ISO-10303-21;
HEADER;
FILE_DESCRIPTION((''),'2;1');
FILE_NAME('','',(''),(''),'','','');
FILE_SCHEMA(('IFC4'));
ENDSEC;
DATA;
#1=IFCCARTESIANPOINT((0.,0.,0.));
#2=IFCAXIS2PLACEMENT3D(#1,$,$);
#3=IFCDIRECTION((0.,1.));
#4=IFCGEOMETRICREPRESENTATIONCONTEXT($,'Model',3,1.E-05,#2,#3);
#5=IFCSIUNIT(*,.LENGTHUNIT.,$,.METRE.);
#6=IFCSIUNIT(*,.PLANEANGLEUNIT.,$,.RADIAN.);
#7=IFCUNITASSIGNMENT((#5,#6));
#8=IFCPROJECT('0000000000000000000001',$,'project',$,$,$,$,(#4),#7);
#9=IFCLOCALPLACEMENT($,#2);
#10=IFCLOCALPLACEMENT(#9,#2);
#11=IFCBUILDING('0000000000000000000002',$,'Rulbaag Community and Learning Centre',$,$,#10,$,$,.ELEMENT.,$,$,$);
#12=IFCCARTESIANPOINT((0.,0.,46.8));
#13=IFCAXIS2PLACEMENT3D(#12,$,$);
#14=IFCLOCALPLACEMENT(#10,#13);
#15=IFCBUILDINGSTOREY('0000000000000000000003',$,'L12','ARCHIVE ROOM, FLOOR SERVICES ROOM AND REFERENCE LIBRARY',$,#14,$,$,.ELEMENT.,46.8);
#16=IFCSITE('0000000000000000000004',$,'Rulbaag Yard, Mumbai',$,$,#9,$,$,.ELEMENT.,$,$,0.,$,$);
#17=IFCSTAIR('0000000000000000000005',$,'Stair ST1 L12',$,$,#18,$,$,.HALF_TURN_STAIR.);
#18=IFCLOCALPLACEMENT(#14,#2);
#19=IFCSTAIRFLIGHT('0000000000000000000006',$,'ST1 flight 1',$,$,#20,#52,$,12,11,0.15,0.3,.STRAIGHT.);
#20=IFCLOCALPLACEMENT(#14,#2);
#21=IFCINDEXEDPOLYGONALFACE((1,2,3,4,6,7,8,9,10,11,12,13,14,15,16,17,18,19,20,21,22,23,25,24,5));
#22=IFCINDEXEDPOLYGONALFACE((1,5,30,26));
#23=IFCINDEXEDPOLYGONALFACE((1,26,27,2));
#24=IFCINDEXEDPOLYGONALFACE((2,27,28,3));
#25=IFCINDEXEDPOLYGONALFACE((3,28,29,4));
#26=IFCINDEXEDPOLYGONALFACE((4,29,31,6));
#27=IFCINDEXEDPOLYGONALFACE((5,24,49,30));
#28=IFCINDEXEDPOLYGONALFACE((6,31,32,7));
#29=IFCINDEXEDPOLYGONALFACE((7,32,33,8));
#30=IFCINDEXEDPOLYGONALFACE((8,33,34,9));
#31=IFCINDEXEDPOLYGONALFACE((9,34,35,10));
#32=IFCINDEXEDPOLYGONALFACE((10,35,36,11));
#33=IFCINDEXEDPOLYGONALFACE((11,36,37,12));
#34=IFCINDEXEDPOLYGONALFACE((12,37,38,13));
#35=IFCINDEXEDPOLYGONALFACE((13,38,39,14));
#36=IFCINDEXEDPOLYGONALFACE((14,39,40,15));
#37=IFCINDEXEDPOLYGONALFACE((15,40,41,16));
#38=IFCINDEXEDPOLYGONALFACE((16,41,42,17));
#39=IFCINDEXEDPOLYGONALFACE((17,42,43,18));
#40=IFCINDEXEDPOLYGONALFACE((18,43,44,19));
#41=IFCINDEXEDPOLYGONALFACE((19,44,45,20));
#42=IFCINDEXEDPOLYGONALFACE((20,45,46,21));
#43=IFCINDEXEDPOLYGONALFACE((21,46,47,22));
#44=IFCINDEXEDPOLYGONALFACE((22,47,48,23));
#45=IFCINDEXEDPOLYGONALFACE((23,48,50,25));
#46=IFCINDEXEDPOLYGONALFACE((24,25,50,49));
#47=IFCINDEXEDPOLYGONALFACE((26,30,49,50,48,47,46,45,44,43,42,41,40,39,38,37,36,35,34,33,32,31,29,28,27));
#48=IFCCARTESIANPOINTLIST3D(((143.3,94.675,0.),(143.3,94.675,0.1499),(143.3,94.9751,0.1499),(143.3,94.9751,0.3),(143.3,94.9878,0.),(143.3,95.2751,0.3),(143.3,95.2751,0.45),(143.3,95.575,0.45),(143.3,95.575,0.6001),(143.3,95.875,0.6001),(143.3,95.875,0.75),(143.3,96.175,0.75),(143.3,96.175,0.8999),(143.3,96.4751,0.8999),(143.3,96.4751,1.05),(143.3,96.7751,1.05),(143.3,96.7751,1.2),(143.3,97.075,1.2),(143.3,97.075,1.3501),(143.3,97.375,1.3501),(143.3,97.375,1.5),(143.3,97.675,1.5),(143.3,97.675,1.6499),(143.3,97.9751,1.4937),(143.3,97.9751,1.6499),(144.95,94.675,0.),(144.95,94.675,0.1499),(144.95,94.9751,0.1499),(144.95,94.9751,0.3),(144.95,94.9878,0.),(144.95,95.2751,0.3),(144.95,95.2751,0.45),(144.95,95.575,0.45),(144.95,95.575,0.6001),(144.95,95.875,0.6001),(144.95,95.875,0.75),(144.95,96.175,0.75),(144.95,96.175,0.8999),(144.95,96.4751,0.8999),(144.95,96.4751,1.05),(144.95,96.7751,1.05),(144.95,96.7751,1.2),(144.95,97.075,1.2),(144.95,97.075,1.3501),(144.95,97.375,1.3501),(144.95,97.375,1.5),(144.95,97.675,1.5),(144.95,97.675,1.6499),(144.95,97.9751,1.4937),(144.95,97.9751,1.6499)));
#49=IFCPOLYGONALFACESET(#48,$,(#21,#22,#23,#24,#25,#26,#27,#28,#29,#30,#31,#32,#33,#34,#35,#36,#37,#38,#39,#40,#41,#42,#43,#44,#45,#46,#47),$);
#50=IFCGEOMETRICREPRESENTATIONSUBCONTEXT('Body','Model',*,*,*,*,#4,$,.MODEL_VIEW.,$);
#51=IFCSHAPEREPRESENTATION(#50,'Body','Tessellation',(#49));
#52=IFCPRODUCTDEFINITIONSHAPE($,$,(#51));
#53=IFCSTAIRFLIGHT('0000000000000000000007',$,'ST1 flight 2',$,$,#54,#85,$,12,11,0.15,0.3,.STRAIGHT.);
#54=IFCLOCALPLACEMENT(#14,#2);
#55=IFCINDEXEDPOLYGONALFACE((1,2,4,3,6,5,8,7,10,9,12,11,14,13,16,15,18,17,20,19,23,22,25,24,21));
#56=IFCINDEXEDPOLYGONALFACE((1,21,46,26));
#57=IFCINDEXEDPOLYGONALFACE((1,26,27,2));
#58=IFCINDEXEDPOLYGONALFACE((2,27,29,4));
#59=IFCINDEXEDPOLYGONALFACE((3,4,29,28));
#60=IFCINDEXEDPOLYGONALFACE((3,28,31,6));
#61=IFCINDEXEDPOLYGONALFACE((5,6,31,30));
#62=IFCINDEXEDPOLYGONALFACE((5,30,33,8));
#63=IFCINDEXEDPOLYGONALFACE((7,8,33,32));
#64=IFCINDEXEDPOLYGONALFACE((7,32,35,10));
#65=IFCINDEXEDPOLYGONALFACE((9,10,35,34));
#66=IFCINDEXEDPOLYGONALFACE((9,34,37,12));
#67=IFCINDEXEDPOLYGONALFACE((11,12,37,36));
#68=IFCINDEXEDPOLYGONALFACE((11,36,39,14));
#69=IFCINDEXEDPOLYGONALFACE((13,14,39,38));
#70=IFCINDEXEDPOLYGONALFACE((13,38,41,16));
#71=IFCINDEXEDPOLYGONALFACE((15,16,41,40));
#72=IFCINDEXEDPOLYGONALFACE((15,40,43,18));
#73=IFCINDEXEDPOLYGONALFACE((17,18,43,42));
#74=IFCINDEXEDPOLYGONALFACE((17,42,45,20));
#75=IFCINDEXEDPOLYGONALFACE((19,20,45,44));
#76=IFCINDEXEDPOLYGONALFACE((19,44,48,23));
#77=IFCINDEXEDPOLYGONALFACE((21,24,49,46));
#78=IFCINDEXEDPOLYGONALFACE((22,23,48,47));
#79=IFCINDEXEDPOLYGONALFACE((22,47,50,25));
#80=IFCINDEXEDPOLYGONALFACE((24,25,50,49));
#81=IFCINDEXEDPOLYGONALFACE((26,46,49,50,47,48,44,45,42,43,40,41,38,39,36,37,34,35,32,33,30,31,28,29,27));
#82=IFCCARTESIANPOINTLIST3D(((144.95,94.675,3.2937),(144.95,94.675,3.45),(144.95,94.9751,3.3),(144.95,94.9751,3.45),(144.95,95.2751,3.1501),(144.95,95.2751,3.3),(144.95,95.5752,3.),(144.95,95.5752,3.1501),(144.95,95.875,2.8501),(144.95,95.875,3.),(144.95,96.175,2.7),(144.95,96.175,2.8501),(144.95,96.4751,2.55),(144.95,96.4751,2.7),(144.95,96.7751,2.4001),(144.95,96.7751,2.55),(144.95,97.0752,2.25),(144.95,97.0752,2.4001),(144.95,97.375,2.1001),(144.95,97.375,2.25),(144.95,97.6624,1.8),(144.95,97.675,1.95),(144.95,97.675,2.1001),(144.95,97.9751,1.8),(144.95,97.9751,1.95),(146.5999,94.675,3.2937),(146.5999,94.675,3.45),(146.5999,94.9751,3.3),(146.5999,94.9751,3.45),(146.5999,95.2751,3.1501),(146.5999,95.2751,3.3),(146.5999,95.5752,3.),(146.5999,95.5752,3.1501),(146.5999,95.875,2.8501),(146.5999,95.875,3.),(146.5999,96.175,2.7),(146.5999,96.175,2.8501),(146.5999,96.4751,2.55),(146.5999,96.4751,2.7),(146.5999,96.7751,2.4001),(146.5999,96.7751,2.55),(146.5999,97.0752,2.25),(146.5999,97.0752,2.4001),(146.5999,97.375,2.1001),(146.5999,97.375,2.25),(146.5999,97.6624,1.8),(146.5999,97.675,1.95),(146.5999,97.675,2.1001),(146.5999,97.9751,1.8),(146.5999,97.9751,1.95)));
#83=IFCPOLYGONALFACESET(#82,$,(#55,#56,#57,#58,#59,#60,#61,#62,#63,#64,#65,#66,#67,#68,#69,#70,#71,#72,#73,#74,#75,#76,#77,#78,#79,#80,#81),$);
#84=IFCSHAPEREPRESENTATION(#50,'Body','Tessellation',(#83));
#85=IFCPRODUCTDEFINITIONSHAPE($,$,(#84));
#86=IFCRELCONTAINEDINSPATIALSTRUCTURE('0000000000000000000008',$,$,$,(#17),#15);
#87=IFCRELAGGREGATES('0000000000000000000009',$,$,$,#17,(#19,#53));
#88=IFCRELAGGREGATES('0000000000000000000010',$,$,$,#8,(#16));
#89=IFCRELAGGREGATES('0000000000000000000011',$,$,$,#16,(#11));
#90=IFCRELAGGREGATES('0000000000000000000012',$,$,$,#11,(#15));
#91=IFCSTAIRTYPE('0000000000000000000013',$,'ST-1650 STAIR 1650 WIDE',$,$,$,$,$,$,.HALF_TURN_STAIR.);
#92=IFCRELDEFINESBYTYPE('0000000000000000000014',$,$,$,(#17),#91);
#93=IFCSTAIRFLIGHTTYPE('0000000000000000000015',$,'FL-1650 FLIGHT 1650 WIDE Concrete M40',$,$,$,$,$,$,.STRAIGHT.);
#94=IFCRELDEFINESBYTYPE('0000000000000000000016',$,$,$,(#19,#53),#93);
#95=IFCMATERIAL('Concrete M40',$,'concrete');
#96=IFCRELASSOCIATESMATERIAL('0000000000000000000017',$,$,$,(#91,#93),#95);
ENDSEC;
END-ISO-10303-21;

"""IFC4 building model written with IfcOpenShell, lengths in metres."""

from ifc_helpers import new_model, si_unit, direction, frame, origin, place, context, subcontext, project, spatial, polyline, outline, extrude, material, type_object, element, aggregate, save


model = new_model("IFC4")

# Units and contexts
model_context = context("Model", 3, precision=1e-05, world=origin(), true_north=direction((0.0, 1.0)))
body_context = subcontext(model_context, "Body", "Model", "MODEL_VIEW")
ifc_project = project(units=[si_unit("LENGTHUNIT", "METRE"), si_unit("PLANEANGLEUNIT", "RADIAN")], contexts=[model_context])

# Site, building, storey
site_placement = place(None, origin())
site = spatial("IfcSite", under=ifc_project, at=site_placement, Name="Rulbaag Yard, Mumbai", CompositionType="ELEMENT", RefElevation=0.0)
building_placement = place(site_placement, origin())
building = spatial("IfcBuilding", under=site, at=building_placement, Name="Rulbaag Community and Learning Centre", CompositionType="ELEMENT")
storey_placement = place(building_placement, frame((0.0, 0.0, 46.8)))
storey = spatial("IfcBuildingStorey", under=building, at=storey_placement, Name="L12", Description="ARCHIVE ROOM, FLOOR SERVICES ROOM AND REFERENCE LIBRARY", CompositionType="ELEMENT", Elevation=46.8)

# Shared definitions
ifc_material_1 = material(Name="Concrete M40", Category="concrete")

# Stair, stair flights
stair_type = type_object("IfcStairType", Name="ST-1650 STAIR 1650 WIDE", PredefinedType="HALF_TURN_STAIR", material=ifc_material_1)
stair_placement = place(storey_placement, origin())
stair = element("IfcStair", 1, at=stair_placement, inside=storey, type_object=stair_type, Name="Stair ST1 L12", PredefinedType="HALF_TURN_STAIR")
stair_flight_type = type_object("IfcStairFlightType", Name="FL-1650 FLIGHT 1650 WIDE Concrete M40", PredefinedType="STRAIGHT", material=ifc_material_1)
stair_flight_1_placement = place(storey_placement, frame((144.125, 94.675, 0.0), z_axis=(0.0, 0.0, 1.0), x_axis=(0.0, 1.0, 0.0)))
stair_flight_1 = element("IfcStairFlight", 2, at=stair_flight_1_placement, type_object=stair_flight_type, Name="ST1 flight 1", NumberOfRisers=12, NumberOfTreads=11, PredefinedType="STRAIGHT", RiserHeight=0.15, TreadLength=0.3, context=body_context, shape_type="SweptSolid", body=[
    extrude(outline(polyline([(0.0, 0.0), (0.0, 0.1499), (0.3, 0.1499), (0.3, 0.3), (0.6001, 0.3), (0.6001, 0.45), (0.8999, 0.45), (0.8999, 0.6001), (1.2, 0.6001), (1.2, 0.75), (1.5, 0.75), (1.5, 0.8999), (1.8, 0.8999), (1.8, 1.05), (2.1001, 1.05), (2.1001, 1.2), (2.3999, 1.2), (2.3999, 1.3501), (2.7, 1.3501), (2.7, 1.5), (3.0, 1.5), (3.0, 1.6499), (3.3, 1.6499), (3.3, 1.4937), (0.3127, 0.0), (0.0, 0.0)])), frame((0.0, 0.825, 0.0), z_axis=(0.0, -1.0, 0.0), x_axis=(1.0, 0.0, 0.0)), (0.0, 0.0, 1.0), 1.6499),
])
stair_flight_2_placement = place(storey_placement, frame((145.7749, 97.9751, 1.8), z_axis=(0.0, 0.0, 1.0), x_axis=(0.0, -1.0, 0.0)))
stair_flight_2 = element("IfcStairFlight", 3, at=stair_flight_2_placement, type_object=stair_flight_type, Name="ST1 flight 2", NumberOfRisers=12, NumberOfTreads=11, PredefinedType="STRAIGHT", RiserHeight=0.15, TreadLength=0.3, context=body_context, shape_type="SweptSolid", body=[
    extrude(outline(polyline([(0.0, 0.0), (0.0, 0.1499), (0.3, 0.1499), (0.3, 0.3), (0.6001, 0.3), (0.6001, 0.45), (0.8999, 0.45), (0.8999, 0.6001), (1.2, 0.6001), (1.2, 0.75), (1.5, 0.75), (1.5, 0.8999), (1.8, 0.8999), (1.8, 1.05), (2.1001, 1.05), (2.1001, 1.2), (2.3999, 1.2), (2.3999, 1.3501), (2.7, 1.3501), (2.7, 1.5), (3.0, 1.5), (3.0, 1.6499), (3.3, 1.6499), (3.3, 1.4937), (0.3127, 0.0), (0.0, 0.0)])), frame((0.0, 0.825, 0.0), z_axis=(0.0, -1.0, 0.0), x_axis=(1.0, 0.0, 0.0)), (0.0, 0.0, 1.0), 1.6499),
])
aggregate(stair, [stair_flight_1, stair_flight_2])

save(model, "model.ifc")
